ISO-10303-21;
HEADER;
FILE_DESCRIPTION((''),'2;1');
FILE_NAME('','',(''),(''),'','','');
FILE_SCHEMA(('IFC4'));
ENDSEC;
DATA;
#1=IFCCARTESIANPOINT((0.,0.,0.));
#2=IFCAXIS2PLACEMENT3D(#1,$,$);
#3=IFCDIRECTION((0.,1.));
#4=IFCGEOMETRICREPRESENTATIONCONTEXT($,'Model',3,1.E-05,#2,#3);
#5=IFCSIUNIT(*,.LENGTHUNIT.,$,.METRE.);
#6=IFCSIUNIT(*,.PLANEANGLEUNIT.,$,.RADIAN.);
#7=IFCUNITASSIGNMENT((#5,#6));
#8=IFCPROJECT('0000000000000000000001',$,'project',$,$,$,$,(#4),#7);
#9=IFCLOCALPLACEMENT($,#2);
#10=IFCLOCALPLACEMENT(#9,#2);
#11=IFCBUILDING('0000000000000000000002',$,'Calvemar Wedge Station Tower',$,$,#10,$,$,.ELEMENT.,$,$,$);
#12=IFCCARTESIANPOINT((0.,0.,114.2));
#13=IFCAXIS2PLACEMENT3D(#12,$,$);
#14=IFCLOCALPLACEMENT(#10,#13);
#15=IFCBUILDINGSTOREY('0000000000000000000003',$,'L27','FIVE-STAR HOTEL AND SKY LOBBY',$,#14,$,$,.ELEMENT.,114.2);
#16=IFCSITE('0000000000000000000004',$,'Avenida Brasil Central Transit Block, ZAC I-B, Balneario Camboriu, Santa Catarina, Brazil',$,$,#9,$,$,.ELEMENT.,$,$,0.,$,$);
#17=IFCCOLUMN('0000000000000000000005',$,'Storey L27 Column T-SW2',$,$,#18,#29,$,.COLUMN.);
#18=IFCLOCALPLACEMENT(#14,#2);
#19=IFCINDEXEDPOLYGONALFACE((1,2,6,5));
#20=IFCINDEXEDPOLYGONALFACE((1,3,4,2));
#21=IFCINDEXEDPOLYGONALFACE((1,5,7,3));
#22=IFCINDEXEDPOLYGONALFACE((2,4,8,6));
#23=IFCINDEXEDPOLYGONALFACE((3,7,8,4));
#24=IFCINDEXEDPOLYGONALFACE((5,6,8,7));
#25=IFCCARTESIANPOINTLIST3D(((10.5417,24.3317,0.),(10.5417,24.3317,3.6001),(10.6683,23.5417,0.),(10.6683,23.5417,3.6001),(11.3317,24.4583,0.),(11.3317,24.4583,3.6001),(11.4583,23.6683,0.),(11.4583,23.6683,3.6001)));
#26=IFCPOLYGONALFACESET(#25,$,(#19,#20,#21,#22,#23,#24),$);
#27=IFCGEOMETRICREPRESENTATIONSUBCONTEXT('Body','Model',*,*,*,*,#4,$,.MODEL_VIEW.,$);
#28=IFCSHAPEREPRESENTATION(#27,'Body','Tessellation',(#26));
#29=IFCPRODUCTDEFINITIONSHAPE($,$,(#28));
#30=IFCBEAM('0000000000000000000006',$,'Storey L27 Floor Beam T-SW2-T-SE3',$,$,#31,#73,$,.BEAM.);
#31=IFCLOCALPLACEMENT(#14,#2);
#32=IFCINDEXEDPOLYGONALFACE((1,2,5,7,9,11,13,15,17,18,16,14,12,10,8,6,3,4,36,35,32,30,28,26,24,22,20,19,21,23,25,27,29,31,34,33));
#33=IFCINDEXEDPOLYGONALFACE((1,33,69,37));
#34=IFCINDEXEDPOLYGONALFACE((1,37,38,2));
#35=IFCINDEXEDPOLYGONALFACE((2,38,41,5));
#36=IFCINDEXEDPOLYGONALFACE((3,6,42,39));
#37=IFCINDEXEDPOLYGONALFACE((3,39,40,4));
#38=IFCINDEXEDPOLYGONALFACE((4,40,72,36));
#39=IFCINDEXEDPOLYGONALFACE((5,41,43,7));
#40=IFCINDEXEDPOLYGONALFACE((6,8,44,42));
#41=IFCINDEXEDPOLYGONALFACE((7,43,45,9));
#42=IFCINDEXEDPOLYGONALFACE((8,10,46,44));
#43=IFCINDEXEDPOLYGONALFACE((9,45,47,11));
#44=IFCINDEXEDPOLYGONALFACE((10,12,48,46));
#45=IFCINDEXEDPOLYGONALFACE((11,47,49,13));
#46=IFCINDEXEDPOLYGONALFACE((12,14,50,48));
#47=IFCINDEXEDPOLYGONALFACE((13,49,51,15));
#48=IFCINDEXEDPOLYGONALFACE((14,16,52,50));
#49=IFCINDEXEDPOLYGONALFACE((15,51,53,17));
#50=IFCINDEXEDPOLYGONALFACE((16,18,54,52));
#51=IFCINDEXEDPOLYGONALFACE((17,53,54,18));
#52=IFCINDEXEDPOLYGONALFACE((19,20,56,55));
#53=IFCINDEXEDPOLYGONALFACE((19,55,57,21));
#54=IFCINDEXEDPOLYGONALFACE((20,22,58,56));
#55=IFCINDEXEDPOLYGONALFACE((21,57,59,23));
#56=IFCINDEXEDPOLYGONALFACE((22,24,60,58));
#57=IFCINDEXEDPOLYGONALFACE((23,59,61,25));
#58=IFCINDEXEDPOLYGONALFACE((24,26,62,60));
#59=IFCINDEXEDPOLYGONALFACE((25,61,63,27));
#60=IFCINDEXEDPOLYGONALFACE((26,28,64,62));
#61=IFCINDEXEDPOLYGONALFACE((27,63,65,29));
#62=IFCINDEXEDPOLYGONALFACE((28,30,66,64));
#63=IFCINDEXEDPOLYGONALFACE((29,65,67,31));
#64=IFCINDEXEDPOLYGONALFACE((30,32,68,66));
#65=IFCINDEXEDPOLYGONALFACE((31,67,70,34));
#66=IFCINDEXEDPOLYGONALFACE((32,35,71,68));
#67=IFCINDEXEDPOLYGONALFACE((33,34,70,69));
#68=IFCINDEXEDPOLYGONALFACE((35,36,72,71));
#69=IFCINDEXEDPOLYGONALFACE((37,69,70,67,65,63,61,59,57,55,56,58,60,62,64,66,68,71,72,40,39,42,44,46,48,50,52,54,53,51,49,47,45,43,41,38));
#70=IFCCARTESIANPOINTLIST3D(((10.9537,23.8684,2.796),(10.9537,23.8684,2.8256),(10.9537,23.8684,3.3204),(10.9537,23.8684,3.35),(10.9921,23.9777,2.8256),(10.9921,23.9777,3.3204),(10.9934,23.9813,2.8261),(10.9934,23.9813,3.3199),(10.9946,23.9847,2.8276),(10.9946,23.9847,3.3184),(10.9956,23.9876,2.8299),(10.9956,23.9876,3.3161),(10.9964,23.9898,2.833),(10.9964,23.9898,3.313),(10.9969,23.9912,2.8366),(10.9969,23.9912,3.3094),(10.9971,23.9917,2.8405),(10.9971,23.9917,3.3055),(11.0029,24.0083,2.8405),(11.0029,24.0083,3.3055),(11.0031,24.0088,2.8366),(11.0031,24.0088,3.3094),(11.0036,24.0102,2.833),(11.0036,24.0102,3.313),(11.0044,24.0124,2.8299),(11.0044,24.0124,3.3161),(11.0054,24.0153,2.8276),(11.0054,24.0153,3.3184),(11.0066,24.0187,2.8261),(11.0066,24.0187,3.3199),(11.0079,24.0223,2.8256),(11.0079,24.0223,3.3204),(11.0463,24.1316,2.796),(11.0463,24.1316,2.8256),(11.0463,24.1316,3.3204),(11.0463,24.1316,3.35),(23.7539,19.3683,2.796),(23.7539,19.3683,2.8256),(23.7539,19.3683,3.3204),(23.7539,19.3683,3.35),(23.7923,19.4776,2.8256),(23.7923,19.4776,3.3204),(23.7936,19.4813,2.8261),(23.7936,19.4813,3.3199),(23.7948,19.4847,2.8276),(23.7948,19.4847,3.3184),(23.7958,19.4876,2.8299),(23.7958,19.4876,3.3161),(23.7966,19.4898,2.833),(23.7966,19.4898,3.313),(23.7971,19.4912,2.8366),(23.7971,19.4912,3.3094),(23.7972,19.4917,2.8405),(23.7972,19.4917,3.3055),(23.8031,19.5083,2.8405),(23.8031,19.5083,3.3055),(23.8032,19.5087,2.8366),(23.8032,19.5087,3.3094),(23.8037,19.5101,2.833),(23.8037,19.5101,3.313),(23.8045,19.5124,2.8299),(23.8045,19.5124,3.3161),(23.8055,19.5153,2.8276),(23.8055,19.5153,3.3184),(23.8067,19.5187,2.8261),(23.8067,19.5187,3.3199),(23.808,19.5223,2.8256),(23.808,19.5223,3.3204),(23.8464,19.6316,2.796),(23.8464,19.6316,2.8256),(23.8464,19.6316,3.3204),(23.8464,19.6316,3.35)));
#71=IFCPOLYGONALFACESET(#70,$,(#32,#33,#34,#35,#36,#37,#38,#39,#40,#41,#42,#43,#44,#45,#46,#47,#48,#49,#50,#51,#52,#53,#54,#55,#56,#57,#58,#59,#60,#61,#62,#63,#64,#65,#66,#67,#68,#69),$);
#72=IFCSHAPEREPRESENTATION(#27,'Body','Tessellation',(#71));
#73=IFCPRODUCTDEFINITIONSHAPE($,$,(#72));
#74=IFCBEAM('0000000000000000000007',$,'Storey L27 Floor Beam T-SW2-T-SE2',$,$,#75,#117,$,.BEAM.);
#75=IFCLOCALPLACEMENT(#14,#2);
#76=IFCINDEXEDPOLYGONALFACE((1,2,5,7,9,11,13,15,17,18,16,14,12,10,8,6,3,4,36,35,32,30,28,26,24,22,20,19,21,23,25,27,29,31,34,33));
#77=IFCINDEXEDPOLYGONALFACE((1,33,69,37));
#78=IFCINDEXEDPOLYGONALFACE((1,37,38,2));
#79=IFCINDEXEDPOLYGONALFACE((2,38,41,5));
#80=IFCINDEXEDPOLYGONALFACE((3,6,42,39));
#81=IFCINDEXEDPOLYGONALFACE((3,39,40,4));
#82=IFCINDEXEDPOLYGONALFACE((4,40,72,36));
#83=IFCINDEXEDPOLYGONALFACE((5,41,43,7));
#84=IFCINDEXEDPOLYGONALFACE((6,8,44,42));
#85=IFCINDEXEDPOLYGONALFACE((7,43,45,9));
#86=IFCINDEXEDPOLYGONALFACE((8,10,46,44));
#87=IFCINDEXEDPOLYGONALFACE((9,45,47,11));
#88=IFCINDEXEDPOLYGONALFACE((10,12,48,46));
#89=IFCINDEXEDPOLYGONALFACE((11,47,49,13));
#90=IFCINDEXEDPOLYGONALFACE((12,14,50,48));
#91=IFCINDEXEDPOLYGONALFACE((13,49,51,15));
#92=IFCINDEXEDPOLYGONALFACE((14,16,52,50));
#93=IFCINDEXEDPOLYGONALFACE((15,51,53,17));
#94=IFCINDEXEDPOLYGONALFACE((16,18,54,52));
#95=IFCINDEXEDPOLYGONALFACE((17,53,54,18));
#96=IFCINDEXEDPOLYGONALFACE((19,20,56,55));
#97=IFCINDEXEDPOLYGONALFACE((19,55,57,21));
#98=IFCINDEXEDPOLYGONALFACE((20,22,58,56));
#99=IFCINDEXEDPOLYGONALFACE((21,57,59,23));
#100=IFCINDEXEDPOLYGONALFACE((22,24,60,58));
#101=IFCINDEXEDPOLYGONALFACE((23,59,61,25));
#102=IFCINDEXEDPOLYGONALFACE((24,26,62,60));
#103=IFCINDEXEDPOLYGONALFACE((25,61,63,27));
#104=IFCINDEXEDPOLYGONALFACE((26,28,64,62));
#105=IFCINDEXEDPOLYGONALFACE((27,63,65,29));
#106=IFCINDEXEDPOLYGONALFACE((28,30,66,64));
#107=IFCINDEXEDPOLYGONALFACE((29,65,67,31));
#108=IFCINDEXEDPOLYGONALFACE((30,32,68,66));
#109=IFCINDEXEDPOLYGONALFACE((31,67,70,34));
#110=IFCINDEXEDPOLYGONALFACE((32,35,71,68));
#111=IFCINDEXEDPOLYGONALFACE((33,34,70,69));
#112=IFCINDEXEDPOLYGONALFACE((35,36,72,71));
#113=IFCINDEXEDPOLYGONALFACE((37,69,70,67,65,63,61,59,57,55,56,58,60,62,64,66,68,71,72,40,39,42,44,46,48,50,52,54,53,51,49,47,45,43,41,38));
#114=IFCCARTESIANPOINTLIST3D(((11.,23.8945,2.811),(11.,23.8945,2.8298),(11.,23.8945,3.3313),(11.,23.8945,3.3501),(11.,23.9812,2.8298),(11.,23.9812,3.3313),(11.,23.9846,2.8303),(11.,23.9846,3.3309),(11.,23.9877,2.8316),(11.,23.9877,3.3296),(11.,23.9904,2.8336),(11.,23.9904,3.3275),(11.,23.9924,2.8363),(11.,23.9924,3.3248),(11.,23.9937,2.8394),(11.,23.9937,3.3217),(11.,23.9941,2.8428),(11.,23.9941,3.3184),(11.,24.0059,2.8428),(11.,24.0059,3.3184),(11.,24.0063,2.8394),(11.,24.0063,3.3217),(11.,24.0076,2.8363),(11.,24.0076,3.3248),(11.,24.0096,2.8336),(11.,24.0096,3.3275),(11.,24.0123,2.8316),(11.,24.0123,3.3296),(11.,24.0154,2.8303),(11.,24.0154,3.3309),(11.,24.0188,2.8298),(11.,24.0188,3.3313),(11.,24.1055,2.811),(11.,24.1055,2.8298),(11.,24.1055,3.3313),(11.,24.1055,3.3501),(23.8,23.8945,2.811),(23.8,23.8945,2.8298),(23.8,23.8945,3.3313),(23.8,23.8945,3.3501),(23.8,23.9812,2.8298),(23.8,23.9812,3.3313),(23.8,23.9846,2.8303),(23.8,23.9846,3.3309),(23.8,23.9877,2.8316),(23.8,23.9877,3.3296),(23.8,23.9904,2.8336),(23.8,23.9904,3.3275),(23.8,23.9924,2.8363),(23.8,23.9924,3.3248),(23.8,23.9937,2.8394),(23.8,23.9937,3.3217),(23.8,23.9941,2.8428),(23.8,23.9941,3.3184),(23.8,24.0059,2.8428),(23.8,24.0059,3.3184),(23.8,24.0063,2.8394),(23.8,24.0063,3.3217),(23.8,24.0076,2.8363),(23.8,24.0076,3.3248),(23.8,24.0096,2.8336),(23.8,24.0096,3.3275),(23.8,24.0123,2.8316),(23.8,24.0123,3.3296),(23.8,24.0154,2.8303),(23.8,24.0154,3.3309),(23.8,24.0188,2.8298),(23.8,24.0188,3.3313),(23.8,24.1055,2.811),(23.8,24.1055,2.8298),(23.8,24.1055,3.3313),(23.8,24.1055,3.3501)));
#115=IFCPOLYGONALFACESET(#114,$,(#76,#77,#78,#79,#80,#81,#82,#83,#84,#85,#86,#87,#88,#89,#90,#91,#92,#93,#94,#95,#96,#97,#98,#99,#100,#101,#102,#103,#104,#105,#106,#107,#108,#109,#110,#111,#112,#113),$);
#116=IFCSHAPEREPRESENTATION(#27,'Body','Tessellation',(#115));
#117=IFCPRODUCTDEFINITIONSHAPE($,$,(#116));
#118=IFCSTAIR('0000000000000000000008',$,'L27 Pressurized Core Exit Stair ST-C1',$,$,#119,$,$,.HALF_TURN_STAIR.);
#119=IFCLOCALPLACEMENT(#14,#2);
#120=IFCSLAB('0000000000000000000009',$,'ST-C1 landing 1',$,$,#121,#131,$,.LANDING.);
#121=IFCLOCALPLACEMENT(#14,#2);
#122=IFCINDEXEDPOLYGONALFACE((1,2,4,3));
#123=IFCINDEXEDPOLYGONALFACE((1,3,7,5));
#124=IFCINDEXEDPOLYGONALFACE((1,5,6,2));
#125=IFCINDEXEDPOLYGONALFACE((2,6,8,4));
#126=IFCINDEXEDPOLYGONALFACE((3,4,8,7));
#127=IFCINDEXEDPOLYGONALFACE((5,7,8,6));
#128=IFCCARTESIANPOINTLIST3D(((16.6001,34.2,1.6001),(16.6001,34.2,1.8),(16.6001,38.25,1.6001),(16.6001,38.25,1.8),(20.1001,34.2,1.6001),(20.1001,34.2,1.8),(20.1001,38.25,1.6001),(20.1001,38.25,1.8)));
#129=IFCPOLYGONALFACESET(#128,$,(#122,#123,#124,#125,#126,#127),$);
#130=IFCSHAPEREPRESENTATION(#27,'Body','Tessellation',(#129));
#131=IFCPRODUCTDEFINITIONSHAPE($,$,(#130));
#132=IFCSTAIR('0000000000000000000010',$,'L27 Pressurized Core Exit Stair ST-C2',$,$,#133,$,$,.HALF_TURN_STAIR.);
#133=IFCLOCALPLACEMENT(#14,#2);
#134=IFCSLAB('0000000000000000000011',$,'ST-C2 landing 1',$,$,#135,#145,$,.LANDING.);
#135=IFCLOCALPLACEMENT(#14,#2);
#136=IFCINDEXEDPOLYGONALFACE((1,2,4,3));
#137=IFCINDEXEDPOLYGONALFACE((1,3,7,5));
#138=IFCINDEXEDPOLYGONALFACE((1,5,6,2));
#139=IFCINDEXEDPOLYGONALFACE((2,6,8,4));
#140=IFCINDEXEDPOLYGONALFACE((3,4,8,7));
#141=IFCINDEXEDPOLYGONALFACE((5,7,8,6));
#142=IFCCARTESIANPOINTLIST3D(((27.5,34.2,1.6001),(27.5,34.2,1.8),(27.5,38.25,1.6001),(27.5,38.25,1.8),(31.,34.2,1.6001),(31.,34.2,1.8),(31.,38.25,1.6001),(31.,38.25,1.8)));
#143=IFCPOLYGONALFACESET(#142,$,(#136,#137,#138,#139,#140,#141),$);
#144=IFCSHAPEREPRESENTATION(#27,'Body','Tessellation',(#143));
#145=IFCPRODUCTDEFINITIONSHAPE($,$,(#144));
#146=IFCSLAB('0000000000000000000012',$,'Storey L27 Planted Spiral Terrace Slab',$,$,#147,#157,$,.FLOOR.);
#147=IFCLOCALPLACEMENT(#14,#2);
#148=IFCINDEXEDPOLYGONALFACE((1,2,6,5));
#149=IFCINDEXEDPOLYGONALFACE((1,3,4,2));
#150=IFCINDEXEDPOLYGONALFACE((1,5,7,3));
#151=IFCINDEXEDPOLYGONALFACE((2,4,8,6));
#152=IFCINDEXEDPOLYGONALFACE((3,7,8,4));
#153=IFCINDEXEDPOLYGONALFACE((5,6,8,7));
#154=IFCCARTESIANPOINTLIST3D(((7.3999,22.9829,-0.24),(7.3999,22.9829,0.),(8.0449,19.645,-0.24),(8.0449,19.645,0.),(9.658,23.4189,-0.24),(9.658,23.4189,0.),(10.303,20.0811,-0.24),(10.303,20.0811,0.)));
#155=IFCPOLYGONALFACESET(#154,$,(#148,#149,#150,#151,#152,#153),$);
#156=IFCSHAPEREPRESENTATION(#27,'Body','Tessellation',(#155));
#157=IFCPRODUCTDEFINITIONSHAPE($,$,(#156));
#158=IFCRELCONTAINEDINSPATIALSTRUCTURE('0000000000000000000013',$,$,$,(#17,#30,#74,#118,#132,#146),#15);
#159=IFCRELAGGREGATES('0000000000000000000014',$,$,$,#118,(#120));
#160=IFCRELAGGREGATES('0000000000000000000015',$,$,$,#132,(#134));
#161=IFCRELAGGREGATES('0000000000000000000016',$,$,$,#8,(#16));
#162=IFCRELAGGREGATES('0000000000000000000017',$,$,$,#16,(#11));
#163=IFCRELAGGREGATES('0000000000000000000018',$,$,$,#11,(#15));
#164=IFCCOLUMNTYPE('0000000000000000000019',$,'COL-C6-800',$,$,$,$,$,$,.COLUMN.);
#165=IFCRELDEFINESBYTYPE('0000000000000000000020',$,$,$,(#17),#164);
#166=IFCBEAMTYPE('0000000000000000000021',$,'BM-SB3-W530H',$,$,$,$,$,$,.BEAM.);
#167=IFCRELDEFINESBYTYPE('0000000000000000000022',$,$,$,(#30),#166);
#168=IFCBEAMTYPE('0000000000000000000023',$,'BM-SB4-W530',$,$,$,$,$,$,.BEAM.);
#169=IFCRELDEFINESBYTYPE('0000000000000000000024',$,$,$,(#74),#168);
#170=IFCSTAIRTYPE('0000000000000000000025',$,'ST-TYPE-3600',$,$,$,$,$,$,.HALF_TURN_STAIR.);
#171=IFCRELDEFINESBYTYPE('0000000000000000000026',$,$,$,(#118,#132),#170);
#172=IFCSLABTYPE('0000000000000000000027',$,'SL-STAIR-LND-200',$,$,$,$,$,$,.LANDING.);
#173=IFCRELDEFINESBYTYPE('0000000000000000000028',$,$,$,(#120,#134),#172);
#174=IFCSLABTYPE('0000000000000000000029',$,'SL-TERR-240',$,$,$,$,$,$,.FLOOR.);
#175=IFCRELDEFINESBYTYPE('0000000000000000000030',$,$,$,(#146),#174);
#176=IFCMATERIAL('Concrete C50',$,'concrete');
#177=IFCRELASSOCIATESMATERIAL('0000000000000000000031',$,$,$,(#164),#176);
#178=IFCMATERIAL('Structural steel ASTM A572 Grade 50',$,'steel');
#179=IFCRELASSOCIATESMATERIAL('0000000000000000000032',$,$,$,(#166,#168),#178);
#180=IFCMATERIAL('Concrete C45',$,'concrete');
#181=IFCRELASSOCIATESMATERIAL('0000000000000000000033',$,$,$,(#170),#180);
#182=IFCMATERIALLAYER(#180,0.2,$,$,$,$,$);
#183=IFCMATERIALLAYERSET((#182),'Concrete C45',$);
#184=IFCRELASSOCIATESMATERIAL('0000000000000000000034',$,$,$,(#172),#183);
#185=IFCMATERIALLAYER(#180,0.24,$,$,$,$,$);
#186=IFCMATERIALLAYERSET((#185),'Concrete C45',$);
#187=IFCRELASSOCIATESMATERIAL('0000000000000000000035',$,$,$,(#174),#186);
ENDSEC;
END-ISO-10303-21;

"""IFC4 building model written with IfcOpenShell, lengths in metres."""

from ifc_helpers import new_model, si_unit, direction, frame, origin, origin_2d, place, context, subcontext, project, spatial, polyline, rectangle, i_section, outline, extrude, source, transform, mapped, material, layer, layer_set, material_profile, profile_set, type_object, element, aggregate, save


model = new_model("IFC4")

# Units and contexts
model_context = context("Model", 3, precision=1e-05, world=origin(), true_north=direction((0.0, 1.0)))
body_context = subcontext(model_context, "Body", "Model", "MODEL_VIEW")
ifc_project = project(units=[si_unit("LENGTHUNIT", "METRE"), si_unit("PLANEANGLEUNIT", "RADIAN")], contexts=[model_context])

# Site, building, storey
site_placement = place(None, origin())
site = spatial("IfcSite", under=ifc_project, at=site_placement, Name="Avenida Brasil Central Transit Block, ZAC I-B, Balneario Camboriu, Santa Catarina, Brazil", CompositionType="ELEMENT", RefElevation=0.0)
building_placement = place(site_placement, origin())
building = spatial("IfcBuilding", under=site, at=building_placement, Name="Calvemar Wedge Station Tower", CompositionType="ELEMENT")
storey_placement = place(building_placement, frame((0.0, 0.0, 114.2)))
storey = spatial("IfcBuildingStorey", under=building, at=storey_placement, Name="L27", Description="FIVE-STAR HOTEL AND SKY LOBBY", CompositionType="ELEMENT", Elevation=114.2)

# Column
ifc_material_1 = material(Name="Concrete C50", Category="concrete")
ifc_material_profile_1 = material_profile(ifc_material_1, rectangle(XDim=0.8, YDim=0.8, at=origin_2d()), Name="RC800x800")
ifc_profile_set_1 = profile_set([ifc_material_profile_1], Name="Concrete C50")
column_type = type_object("IfcColumnType", Name="COL-C6-800", PredefinedType="COLUMN", material=ifc_profile_set_1)
shared_shape_1 = source(origin(), body_context, "Body", "SweptSolid", [
    extrude(rectangle(XDim=0.8, YDim=0.8, at=origin_2d()), origin(), (0.0, 0.0, 1.0), 3.6001),
])
column_placement = place(storey_placement, frame((11.0, 24.0, 0.0), z_axis=(0.0, 0.0, 1.0), x_axis=(0.158158, -0.987414, 0.0)))
element("IfcColumn", 1, at=column_placement, inside=storey, type_object=column_type, Name="Storey L27 Column T-SW2", PredefinedType="COLUMN", context=body_context, shape_type="MappedRepresentation", body=[
    mapped(shared_shape_1, transform((0.0, 0.0, 0.0), scale=1.0)),
])

# Beams
ifc_material_2 = material(Name="Structural steel ASTM A572 Grade 50", Category="steel")
ifc_material_profile_2 = material_profile(ifc_material_2, i_section(OverallWidth=0.2791, OverallDepth=0.554, WebThickness=0.0176, FlangeThickness=0.0295, FilletRadius=0.0149, at=origin_2d()), Name="W530x196")
ifc_profile_set_2 = profile_set([ifc_material_profile_2], Name="Structural steel ASTM A572 Grade 50")
beam_type_1 = type_object("IfcBeamType", Name="BM-SB3-W530H", PredefinedType="BEAM", material=ifc_profile_set_2)
shared_shape_2 = source(origin(), body_context, "Body", "SweptSolid", [
    extrude(i_section(OverallWidth=0.2791, OverallDepth=0.554, WebThickness=0.0176, FlangeThickness=0.0295, FilletRadius=0.0149, at=origin_2d()), origin(), (0.0, 0.0, 1.0), 13.5681),
])
beam_1_placement = place(storey_placement, frame((11.0, 24.0, 3.073), z_axis=(0.943398, -0.331662, 0.0), x_axis=(0.331662, 0.943398, 0.0)))
element("IfcBeam", 2, at=beam_1_placement, inside=storey, type_object=beam_type_1, Name="Storey L27 Floor Beam T-SW2-T-SE3", PredefinedType="BEAM", context=body_context, shape_type="MappedRepresentation", body=[
    mapped(shared_shape_2, transform((0.0, 0.0, 0.0), scale=1.0)),
])
ifc_material_profile_3 = material_profile(ifc_material_2, i_section(OverallWidth=0.2109, OverallDepth=0.5391, WebThickness=0.0117, FlangeThickness=0.0188, FilletRadius=0.0129, at=origin_2d()), Name="W530x109")
ifc_profile_set_3 = profile_set([ifc_material_profile_3], Name="Structural steel ASTM A572 Grade 50")
beam_type_2 = type_object("IfcBeamType", Name="BM-SB4-W530", PredefinedType="BEAM", material=ifc_profile_set_3)
shared_shape_3 = source(origin(), body_context, "Body", "SweptSolid", [
    extrude(i_section(OverallWidth=0.2109, OverallDepth=0.5391, WebThickness=0.0117, FlangeThickness=0.0188, FilletRadius=0.0129, at=origin_2d()), origin(), (0.0, 0.0, 1.0), 12.8),
])
beam_2_placement = place(storey_placement, frame((11.0, 24.0, 3.0806), z_axis=(1.0, 0.0, 0.0), x_axis=(0.0, 1.0, 0.0)))
element("IfcBeam", 3, at=beam_2_placement, inside=storey, type_object=beam_type_2, Name="Storey L27 Floor Beam T-SW2-T-SE2", PredefinedType="BEAM", context=body_context, shape_type="MappedRepresentation", body=[
    mapped(shared_shape_3, transform((0.0, 0.0, 0.0), scale=1.0)),
])

# Stairs, slabs
ifc_material_3 = material(Name="Concrete C45", Category="concrete")
stair_type = type_object("IfcStairType", Name="ST-TYPE-3600", PredefinedType="HALF_TURN_STAIR", material=ifc_material_3)
stair_1_placement = place(storey_placement, origin())
stair_1 = element("IfcStair", 4, at=stair_1_placement, inside=storey, type_object=stair_type, Name="L27 Pressurized Core Exit Stair ST-C1", PredefinedType="HALF_TURN_STAIR")
ifc_layer_1 = layer(ifc_material_3, 0.2)
ifc_layer_set_1 = layer_set([ifc_layer_1], Name="Concrete C45")
slab_type_1 = type_object("IfcSlabType", Name="SL-STAIR-LND-200", PredefinedType="LANDING", material=ifc_layer_set_1)
slab_1_placement = place(storey_placement, frame((0.0, 0.0, 1.6001)))
slab_1 = element("IfcSlab", 5, at=slab_1_placement, type_object=slab_type_1, Name="ST-C1 landing 1", PredefinedType="LANDING", context=body_context, shape_type="SweptSolid", body=[
    extrude(outline(polyline([(16.6001, 38.25), (16.6001, 34.2), (20.1001, 34.2), (20.1001, 38.25), (16.6001, 38.25)])), origin(), (0.0, 0.0, 1.0), 0.2),
])
aggregate(stair_1, [slab_1])
stair_2_placement = place(storey_placement, origin())
stair_2 = element("IfcStair", 6, at=stair_2_placement, inside=storey, type_object=stair_type, Name="L27 Pressurized Core Exit Stair ST-C2", PredefinedType="HALF_TURN_STAIR")
slab_2_placement = place(storey_placement, frame((0.0, 0.0, 1.6001)))
slab_2 = element("IfcSlab", 7, at=slab_2_placement, type_object=slab_type_1, Name="ST-C2 landing 1", PredefinedType="LANDING", context=body_context, shape_type="SweptSolid", body=[
    extrude(outline(polyline([(27.5, 38.25), (27.5, 34.2), (31.0, 34.2), (31.0, 38.25), (27.5, 38.25)])), origin(), (0.0, 0.0, 1.0), 0.2),
])
aggregate(stair_2, [slab_2])

# Slab
ifc_layer_2 = layer(ifc_material_3, 0.24)
ifc_layer_set_2 = layer_set([ifc_layer_2], Name="Concrete C45")
slab_type_2 = type_object("IfcSlabType", Name="SL-TERR-240", PredefinedType="FLOOR", material=ifc_layer_set_2)
slab_3_placement = place(storey_placement, frame((0.0, 0.0, -0.24)))
element("IfcSlab", 8, at=slab_3_placement, inside=storey, type_object=slab_type_2, Name="Storey L27 Planted Spiral Terrace Slab", PredefinedType="FLOOR", context=body_context, shape_type="SweptSolid", body=[
    extrude(outline(polyline([(9.658, 23.4189), (7.3999, 22.9829), (8.0449, 19.645), (10.303, 20.0811), (9.658, 23.4189)])), origin(), (0.0, 0.0, 1.0), 0.24),
])

save(model, "model.ifc")
